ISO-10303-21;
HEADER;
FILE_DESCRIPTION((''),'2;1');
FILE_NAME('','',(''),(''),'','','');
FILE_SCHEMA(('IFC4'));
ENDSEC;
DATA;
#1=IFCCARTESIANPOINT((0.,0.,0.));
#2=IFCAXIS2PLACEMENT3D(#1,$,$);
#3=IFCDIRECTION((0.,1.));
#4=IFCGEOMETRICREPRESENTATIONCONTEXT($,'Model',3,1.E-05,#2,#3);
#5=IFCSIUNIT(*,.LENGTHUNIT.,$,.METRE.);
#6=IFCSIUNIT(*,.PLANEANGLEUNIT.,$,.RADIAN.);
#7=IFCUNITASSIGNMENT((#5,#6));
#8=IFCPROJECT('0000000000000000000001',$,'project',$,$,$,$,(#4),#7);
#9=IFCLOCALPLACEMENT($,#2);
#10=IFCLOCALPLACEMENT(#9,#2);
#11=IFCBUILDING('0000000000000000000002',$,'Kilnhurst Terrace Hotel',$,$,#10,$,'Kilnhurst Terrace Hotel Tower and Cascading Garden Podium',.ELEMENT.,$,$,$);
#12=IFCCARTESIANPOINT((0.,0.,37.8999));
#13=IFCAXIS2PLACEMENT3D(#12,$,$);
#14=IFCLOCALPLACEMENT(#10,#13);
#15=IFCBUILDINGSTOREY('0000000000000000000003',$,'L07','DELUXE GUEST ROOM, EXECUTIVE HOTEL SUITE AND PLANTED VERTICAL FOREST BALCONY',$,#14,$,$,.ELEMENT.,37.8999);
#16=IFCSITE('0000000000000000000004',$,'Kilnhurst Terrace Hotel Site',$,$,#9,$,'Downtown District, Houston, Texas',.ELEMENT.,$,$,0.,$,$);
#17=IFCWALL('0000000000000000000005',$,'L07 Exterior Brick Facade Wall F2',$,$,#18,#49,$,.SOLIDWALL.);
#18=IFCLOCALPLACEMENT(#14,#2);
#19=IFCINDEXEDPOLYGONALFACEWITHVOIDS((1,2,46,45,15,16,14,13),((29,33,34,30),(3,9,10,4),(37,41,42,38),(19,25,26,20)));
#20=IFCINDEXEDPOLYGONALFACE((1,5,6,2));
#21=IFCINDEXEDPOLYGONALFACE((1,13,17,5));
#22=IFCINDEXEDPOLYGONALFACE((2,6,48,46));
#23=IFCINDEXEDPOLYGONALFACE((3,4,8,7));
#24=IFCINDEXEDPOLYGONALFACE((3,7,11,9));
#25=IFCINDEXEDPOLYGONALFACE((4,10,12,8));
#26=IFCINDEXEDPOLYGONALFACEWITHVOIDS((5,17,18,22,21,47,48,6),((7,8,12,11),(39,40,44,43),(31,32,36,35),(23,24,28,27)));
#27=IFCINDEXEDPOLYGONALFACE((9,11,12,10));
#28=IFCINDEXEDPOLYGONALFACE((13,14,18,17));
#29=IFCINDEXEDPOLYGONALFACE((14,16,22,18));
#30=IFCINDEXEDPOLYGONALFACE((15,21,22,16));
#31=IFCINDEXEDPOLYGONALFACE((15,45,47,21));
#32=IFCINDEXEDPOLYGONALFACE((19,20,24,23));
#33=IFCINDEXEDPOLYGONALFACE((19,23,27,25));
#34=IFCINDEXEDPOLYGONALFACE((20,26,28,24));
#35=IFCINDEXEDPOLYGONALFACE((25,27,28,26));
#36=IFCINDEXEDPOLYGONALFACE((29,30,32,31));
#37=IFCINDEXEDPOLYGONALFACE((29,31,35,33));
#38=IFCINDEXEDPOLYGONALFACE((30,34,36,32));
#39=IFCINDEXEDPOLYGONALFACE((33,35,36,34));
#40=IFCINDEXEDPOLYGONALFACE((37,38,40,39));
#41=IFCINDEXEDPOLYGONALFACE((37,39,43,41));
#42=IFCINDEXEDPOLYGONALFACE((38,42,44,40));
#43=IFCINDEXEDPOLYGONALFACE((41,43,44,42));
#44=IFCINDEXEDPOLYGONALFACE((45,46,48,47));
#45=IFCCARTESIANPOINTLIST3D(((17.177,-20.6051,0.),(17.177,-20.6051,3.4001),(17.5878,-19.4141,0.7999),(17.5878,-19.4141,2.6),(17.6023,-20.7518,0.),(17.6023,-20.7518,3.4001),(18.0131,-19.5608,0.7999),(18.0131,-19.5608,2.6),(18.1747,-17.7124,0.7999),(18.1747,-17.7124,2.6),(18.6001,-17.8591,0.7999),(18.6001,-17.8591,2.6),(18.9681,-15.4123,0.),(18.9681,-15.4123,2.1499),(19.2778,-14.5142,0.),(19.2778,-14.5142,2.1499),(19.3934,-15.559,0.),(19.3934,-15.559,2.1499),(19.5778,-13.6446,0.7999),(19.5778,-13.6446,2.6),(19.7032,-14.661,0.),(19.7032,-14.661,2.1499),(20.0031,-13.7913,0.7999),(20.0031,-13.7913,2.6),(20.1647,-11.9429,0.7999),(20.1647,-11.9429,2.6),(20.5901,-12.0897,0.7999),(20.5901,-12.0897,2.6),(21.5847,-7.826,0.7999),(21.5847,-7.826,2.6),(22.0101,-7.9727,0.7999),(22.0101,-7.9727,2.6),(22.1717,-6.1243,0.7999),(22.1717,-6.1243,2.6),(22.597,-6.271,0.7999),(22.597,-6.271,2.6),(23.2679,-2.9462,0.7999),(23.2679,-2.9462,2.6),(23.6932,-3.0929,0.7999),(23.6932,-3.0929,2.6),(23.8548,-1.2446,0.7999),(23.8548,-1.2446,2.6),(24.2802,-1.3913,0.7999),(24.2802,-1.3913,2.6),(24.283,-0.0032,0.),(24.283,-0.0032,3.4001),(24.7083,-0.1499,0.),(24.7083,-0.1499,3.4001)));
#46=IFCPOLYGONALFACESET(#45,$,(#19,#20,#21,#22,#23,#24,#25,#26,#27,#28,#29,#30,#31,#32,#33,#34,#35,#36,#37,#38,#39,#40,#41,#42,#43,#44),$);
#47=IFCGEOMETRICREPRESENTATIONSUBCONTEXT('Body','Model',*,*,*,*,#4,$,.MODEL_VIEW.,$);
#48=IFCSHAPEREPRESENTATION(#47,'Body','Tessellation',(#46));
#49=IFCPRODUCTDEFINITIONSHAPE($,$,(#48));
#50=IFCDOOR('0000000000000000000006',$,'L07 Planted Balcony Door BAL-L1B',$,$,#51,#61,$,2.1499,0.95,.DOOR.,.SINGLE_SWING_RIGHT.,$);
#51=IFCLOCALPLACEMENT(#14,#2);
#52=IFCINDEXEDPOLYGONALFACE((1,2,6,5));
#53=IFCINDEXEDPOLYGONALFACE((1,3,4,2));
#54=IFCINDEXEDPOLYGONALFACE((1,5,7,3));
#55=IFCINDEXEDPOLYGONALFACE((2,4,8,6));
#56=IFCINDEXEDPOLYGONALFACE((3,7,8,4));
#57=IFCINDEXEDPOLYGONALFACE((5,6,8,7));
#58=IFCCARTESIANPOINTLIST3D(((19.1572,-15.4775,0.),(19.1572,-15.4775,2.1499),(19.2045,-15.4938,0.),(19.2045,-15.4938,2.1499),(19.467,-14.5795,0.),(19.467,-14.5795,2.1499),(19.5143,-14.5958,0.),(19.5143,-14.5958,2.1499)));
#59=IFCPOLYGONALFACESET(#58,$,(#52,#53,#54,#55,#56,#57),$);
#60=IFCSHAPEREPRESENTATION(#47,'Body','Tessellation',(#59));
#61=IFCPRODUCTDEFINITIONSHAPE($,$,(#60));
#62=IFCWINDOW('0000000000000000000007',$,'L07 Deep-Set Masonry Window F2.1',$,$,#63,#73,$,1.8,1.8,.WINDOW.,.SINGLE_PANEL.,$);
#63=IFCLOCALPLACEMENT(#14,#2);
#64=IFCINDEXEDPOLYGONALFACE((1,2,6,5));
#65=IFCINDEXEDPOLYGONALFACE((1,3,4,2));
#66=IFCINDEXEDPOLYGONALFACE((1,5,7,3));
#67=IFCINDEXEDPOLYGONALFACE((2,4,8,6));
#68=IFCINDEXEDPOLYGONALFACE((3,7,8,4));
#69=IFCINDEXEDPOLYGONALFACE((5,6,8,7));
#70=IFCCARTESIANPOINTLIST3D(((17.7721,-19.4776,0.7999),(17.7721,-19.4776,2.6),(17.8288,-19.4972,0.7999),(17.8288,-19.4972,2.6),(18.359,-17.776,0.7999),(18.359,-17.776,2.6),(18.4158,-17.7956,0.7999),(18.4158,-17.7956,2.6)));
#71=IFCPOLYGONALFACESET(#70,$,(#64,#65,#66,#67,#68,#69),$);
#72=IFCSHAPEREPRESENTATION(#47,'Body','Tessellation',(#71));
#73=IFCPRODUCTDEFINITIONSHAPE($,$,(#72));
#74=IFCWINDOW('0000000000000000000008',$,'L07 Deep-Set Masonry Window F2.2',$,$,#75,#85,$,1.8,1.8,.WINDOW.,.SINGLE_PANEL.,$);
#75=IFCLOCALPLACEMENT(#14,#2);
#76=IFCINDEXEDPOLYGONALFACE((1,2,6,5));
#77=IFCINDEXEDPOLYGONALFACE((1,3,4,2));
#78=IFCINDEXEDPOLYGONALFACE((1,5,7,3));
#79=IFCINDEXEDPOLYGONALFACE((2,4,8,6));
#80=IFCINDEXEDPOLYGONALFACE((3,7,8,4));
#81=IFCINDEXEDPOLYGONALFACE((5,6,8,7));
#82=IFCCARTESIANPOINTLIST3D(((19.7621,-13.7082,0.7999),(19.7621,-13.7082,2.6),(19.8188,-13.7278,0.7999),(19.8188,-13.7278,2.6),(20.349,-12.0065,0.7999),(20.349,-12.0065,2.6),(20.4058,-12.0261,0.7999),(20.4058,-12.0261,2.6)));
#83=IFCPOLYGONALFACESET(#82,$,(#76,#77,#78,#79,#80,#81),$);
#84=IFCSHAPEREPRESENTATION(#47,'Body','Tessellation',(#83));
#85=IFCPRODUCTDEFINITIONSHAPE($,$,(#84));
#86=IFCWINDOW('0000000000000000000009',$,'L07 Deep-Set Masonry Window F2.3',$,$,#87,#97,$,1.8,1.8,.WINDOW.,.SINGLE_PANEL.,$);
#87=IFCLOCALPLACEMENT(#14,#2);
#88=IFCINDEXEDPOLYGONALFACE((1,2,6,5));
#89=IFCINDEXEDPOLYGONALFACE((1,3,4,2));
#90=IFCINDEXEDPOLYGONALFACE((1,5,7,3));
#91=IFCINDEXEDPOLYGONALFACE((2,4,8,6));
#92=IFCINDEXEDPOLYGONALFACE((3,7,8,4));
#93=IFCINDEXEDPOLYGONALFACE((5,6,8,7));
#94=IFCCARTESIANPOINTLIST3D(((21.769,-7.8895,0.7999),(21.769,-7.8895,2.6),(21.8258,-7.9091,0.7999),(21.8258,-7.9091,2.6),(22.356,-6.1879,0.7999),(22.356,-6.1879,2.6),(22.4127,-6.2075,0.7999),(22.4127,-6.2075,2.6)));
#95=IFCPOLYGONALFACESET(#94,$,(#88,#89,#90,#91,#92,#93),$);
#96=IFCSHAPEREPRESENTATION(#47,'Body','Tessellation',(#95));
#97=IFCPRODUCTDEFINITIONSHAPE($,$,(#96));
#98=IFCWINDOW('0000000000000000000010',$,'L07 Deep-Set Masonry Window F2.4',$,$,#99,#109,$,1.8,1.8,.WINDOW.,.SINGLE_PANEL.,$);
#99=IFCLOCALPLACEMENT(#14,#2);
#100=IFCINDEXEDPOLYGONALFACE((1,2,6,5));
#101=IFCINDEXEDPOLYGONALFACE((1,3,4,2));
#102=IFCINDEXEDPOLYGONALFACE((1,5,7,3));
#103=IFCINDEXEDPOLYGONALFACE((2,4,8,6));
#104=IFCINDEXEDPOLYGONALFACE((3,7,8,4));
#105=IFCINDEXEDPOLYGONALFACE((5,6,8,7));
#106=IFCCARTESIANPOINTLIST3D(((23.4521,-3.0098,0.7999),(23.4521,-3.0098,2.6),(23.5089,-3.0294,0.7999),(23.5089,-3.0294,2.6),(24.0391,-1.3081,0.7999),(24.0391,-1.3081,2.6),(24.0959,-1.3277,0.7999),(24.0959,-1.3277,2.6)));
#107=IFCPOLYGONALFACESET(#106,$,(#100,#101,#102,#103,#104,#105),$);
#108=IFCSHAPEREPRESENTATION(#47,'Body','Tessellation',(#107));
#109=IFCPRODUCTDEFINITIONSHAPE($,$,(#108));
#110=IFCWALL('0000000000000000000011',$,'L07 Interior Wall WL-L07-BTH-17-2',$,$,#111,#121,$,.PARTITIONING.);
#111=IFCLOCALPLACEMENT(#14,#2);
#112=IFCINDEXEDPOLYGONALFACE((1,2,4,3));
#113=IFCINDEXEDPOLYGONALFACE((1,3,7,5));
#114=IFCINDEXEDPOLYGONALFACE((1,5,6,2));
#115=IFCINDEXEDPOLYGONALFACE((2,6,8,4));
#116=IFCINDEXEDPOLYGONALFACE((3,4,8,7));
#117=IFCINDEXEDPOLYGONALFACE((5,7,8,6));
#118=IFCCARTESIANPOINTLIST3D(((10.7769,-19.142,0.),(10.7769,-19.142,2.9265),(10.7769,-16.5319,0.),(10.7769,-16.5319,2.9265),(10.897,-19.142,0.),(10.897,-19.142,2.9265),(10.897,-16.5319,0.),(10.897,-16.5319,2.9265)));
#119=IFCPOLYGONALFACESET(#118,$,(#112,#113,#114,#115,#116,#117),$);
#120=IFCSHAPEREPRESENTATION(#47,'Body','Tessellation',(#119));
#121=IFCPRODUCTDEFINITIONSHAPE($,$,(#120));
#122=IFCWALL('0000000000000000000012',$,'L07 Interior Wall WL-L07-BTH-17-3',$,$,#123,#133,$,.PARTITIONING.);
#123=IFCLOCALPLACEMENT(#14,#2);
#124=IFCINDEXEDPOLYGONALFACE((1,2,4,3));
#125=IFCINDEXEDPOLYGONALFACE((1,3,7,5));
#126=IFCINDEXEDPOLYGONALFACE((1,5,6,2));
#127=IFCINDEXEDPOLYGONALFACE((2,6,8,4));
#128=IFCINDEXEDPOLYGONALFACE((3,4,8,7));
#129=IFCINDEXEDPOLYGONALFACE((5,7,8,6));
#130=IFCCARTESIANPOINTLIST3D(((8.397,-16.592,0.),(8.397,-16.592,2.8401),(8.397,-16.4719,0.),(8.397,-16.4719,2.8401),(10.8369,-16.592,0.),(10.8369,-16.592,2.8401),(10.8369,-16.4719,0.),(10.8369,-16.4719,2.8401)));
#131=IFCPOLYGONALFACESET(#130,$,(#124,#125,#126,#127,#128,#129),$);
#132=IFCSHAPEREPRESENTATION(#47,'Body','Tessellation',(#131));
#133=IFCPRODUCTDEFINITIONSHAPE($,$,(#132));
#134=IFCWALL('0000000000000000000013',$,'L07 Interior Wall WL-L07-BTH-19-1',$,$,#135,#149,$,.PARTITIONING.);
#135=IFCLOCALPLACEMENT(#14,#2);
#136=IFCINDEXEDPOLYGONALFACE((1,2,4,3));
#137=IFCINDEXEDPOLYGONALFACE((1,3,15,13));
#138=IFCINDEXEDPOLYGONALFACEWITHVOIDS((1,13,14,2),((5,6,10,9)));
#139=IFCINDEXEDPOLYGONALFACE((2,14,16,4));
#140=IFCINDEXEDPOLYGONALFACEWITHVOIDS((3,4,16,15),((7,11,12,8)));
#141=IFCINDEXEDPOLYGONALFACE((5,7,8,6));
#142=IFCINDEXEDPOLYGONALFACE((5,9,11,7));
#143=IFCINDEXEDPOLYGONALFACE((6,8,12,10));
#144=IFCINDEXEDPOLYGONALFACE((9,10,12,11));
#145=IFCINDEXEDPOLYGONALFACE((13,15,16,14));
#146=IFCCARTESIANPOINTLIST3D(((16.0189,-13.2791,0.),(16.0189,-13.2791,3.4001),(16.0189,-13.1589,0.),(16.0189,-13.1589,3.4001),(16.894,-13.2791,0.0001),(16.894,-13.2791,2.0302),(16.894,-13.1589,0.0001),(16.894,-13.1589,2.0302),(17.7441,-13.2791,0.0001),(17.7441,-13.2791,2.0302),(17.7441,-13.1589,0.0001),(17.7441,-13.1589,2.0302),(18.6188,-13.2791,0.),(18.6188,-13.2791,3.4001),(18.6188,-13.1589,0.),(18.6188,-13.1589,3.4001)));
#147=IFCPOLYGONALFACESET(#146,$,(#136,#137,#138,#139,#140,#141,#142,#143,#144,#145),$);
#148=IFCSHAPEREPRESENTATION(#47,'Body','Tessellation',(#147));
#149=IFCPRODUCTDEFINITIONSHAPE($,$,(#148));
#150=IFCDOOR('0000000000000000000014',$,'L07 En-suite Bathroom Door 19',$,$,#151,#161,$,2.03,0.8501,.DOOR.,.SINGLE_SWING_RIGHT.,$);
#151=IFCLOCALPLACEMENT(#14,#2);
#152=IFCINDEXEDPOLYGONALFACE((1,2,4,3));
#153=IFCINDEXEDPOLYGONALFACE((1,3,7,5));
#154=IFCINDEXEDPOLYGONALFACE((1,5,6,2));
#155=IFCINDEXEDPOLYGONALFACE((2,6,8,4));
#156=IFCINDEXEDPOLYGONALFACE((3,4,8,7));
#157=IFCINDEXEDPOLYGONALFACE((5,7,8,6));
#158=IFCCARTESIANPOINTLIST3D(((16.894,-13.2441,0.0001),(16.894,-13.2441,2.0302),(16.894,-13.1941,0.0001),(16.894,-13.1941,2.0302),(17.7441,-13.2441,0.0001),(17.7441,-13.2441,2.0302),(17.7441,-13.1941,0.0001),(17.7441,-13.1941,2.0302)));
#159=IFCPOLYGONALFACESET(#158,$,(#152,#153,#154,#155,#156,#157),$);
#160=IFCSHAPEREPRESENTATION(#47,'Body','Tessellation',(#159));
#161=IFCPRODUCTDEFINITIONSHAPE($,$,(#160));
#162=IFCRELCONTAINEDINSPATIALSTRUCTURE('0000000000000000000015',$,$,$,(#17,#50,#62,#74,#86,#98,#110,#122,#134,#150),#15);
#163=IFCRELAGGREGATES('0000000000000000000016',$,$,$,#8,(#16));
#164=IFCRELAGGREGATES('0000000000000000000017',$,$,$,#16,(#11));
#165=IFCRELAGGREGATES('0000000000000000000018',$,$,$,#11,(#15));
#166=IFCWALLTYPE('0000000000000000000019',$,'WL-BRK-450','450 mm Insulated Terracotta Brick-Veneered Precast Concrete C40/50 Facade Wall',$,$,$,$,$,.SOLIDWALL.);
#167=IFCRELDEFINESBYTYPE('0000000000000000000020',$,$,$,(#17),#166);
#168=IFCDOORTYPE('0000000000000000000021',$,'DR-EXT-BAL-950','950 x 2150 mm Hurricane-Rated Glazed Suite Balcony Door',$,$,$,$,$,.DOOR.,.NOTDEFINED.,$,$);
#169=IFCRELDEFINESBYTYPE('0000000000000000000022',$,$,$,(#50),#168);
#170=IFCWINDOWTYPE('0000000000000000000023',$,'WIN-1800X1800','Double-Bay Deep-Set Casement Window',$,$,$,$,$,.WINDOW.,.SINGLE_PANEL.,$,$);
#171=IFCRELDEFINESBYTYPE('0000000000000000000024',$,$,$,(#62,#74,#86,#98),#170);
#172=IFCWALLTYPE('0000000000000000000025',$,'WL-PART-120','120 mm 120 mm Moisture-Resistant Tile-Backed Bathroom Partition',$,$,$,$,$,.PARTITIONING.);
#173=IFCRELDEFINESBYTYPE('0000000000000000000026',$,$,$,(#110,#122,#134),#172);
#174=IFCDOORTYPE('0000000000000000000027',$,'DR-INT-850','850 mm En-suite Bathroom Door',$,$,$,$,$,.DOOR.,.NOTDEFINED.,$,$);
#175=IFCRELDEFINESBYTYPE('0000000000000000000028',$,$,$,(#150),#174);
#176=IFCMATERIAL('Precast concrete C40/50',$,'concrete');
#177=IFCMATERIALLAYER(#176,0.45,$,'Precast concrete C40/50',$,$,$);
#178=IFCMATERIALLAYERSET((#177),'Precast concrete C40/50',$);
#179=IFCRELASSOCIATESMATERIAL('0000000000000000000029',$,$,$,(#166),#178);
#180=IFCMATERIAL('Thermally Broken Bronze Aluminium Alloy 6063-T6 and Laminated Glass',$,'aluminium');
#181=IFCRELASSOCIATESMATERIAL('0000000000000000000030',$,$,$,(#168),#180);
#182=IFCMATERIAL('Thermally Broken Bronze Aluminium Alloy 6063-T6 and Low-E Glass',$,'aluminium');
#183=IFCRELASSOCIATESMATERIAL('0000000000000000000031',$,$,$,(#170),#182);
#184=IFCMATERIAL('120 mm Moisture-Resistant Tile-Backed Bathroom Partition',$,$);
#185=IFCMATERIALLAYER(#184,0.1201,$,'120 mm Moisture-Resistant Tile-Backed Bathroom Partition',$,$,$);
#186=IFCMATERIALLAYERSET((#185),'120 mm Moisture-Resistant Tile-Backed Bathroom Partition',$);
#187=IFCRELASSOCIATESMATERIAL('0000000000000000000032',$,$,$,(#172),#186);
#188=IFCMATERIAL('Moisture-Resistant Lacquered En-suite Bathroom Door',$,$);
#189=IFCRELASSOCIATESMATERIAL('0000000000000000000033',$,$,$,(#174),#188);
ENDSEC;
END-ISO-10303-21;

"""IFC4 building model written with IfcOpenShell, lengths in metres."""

from ifc_helpers import new_model, si_unit, direction, frame, frame_2d, origin, place, context, subcontext, project, spatial, rectangle, extrude, material, layer, layer_set, type_object, element, fill, save


model = new_model("IFC4")

# Units and contexts
model_context = context("Model", 3, precision=1e-05, world=origin(), true_north=direction((0.0, 1.0)))
body_context = subcontext(model_context, "Body", "Model", "MODEL_VIEW")
ifc_project = project(units=[si_unit("LENGTHUNIT", "METRE"), si_unit("PLANEANGLEUNIT", "RADIAN")], contexts=[model_context])

# Site, building, storey
site_placement = place(None, origin())
site = spatial("IfcSite", under=ifc_project, at=site_placement, Name="Kilnhurst Terrace Hotel Site", LongName="Downtown District, Houston, Texas", CompositionType="ELEMENT", RefElevation=0.0)
building_placement = place(site_placement, origin())
building = spatial("IfcBuilding", under=site, at=building_placement, Name="Kilnhurst Terrace Hotel", LongName="Kilnhurst Terrace Hotel Tower and Cascading Garden Podium", CompositionType="ELEMENT")
storey_placement = place(building_placement, frame((0.0, 0.0, 37.8999)))
storey = spatial("IfcBuildingStorey", under=building, at=storey_placement, Name="L07", Description="DELUXE GUEST ROOM, EXECUTIVE HOTEL SUITE AND PLANTED VERTICAL FOREST BALCONY", CompositionType="ELEMENT", Elevation=37.8999)

# Shared definitions
ifc_material_1 = material(Name="Precast concrete C40/50", Category="concrete")
ifc_layer_1 = layer(ifc_material_1, 0.45, Name="Precast concrete C40/50")
ifc_layer_set_1 = layer_set([ifc_layer_1], Name="Precast concrete C40/50")
wall_type_1 = type_object("IfcWallType", Name="WL-BRK-450", Description="450 mm Insulated Terracotta Brick-Veneered Precast Concrete C40/50 Facade Wall", PredefinedType="SOLIDWALL", material=ifc_layer_set_1)

# Wall, openings, door, windows
wall_1_placement = place(storey_placement, frame((17.3896, -20.6785, 0.0), z_axis=(0.0, 0.0, 1.0), x_axis=(0.326068, 0.945346, 0.0)))
wall_1 = element("IfcWall", 1, at=wall_1_placement, inside=storey, type_object=wall_type_1, Name="L07 Exterior Brick Facade Wall F2", PredefinedType="SOLIDWALL", context=body_context, shape_type="SweptSolid", body=[
    extrude(rectangle(XDim=21.793, YDim=0.45, at=frame_2d((10.8965, 0.0))), origin(), (0.0, 0.0, 1.0), 3.4001),
])
opening_1_placement = place(wall_1_placement, frame((5.4929, 0.0, 0.0)))
opening_1 = element("IfcOpeningElement", 2, at=opening_1_placement, cuts=wall_1, PredefinedType="OPENING", context=body_context, shape_type="SweptSolid", body=[
    extrude(rectangle(XDim=0.95, YDim=2.1499, at=frame_2d((0.4751, 1.075))), frame((0.0, 0.2349, 0.0), z_axis=(0.0, -1.0, 0.0), x_axis=(1.0, 0.0, 0.0)), (0.0, 0.0, 1.0), 0.47),
])
opening_2_placement = place(wall_1_placement, frame((1.26, 0.0, 0.8)))
opening_2 = element("IfcOpeningElement", 3, at=opening_2_placement, cuts=wall_1, PredefinedType="OPENING", context=body_context, shape_type="SweptSolid", body=[
    extrude(rectangle(XDim=1.8, YDim=1.8, at=frame_2d((0.8999, 0.8999))), frame((0.0, 0.2349, 0.0), z_axis=(0.0, -1.0, 0.0), x_axis=(1.0, 0.0, 0.0)), (0.0, 0.0, 1.0), 0.47),
])
opening_3_placement = place(wall_1_placement, frame((7.363, 0.0, 0.8)))
opening_3 = element("IfcOpeningElement", 4, at=opening_3_placement, cuts=wall_1, PredefinedType="OPENING", context=body_context, shape_type="SweptSolid", body=[
    extrude(rectangle(XDim=1.8, YDim=1.8, at=frame_2d((0.8999, 0.8999))), frame((0.0, 0.2349, 0.0), z_axis=(0.0, -1.0, 0.0), x_axis=(1.0, 0.0, 0.0)), (0.0, 0.0, 1.0), 0.47),
])
opening_4_placement = place(wall_1_placement, frame((13.5181, 0.0, 0.8)))
opening_4 = element("IfcOpeningElement", 5, at=opening_4_placement, cuts=wall_1, PredefinedType="OPENING", context=body_context, shape_type="SweptSolid", body=[
    extrude(rectangle(XDim=1.8, YDim=1.8, at=frame_2d((0.8999, 0.8999))), frame((0.0, 0.2349, 0.0), z_axis=(0.0, -1.0, 0.0), x_axis=(1.0, 0.0, 0.0)), (0.0, 0.0, 1.0), 0.47),
])
opening_5_placement = place(wall_1_placement, frame((18.6799, 0.0, 0.8)))
opening_5 = element("IfcOpeningElement", 6, at=opening_5_placement, cuts=wall_1, PredefinedType="OPENING", context=body_context, shape_type="SweptSolid", body=[
    extrude(rectangle(XDim=1.8, YDim=1.8, at=frame_2d((0.8999, 0.8999))), frame((0.0, 0.2349, 0.0), z_axis=(0.0, -1.0, 0.0), x_axis=(1.0, 0.0, 0.0)), (0.0, 0.0, 1.0), 0.47),
])
ifc_material_2 = material(Name="Thermally Broken Bronze Aluminium Alloy 6063-T6 and Laminated Glass", Category="aluminium")
door_type_1 = type_object("IfcDoorType", Name="DR-EXT-BAL-950", Description="950 x 2150 mm Hurricane-Rated Glazed Suite Balcony Door", OperationType="NOTDEFINED", PredefinedType="DOOR", material=ifc_material_2)
door_1_placement = place(opening_1_placement, origin())
door_1 = element("IfcDoor", 7, at=door_1_placement, inside=storey, type_object=door_type_1, Name="L07 Planted Balcony Door BAL-L1B", OperationType="SINGLE_SWING_RIGHT", OverallHeight=2.1499, OverallWidth=0.95, PredefinedType="DOOR", context=body_context, shape_type="SweptSolid", body=[
    extrude(rectangle(XDim=0.95, YDim=2.1499, at=frame_2d((0.4751, 1.075))), frame((0.0, 0.0249, 0.0), z_axis=(0.0, -1.0, 0.0), x_axis=(1.0, 0.0, 0.0)), (0.0, 0.0, 1.0), 0.05),
])
fill(opening_1, door_1)
ifc_material_3 = material(Name="Thermally Broken Bronze Aluminium Alloy 6063-T6 and Low-E Glass", Category="aluminium")
window_type = type_object("IfcWindowType", Name="WIN-1800X1800", Description="Double-Bay Deep-Set Casement Window", PartitioningType="SINGLE_PANEL", PredefinedType="WINDOW", material=ifc_material_3)
window_1_placement = place(opening_2_placement, origin())
window_1 = element("IfcWindow", 8, at=window_1_placement, inside=storey, type_object=window_type, Name="L07 Deep-Set Masonry Window F2.1", OverallHeight=1.8, OverallWidth=1.8, PartitioningType="SINGLE_PANEL", PredefinedType="WINDOW", context=body_context, shape_type="SweptSolid", body=[
    extrude(rectangle(XDim=1.8, YDim=1.8, at=frame_2d((0.8999, 0.8999))), frame((0.0, 0.03, 0.0), z_axis=(0.0, -1.0, 0.0), x_axis=(1.0, 0.0, 0.0)), (0.0, 0.0, 1.0), 0.0601),
])
fill(opening_2, window_1)
window_2_placement = place(opening_3_placement, origin())
window_2 = element("IfcWindow", 9, at=window_2_placement, inside=storey, type_object=window_type, Name="L07 Deep-Set Masonry Window F2.2", OverallHeight=1.8, OverallWidth=1.8, PartitioningType="SINGLE_PANEL", PredefinedType="WINDOW", context=body_context, shape_type="SweptSolid", body=[
    extrude(rectangle(XDim=1.8, YDim=1.8, at=frame_2d((0.8999, 0.8999))), frame((0.0, 0.03, 0.0), z_axis=(0.0, -1.0, 0.0), x_axis=(1.0, 0.0, 0.0)), (0.0, 0.0, 1.0), 0.0601),
])
fill(opening_3, window_2)
window_3_placement = place(opening_4_placement, origin())
window_3 = element("IfcWindow", 10, at=window_3_placement, inside=storey, type_object=window_type, Name="L07 Deep-Set Masonry Window F2.3", OverallHeight=1.8, OverallWidth=1.8, PartitioningType="SINGLE_PANEL", PredefinedType="WINDOW", context=body_context, shape_type="SweptSolid", body=[
    extrude(rectangle(XDim=1.8, YDim=1.8, at=frame_2d((0.8999, 0.8999))), frame((0.0, 0.03, 0.0), z_axis=(0.0, -1.0, 0.0), x_axis=(1.0, 0.0, 0.0)), (0.0, 0.0, 1.0), 0.0601),
])
fill(opening_4, window_3)
window_4_placement = place(opening_5_placement, origin())
window_4 = element("IfcWindow", 11, at=window_4_placement, inside=storey, type_object=window_type, Name="L07 Deep-Set Masonry Window F2.4", OverallHeight=1.8, OverallWidth=1.8, PartitioningType="SINGLE_PANEL", PredefinedType="WINDOW", context=body_context, shape_type="SweptSolid", body=[
    extrude(rectangle(XDim=1.8, YDim=1.8, at=frame_2d((0.8999, 0.8999))), frame((0.0, 0.03, 0.0), z_axis=(0.0, -1.0, 0.0), x_axis=(1.0, 0.0, 0.0)), (0.0, 0.0, 1.0), 0.0601),
])
fill(opening_5, window_4)

# Walls
ifc_material_4 = material(Name="120 mm Moisture-Resistant Tile-Backed Bathroom Partition")
ifc_layer_2 = layer(ifc_material_4, 0.1201, Name="120 mm Moisture-Resistant Tile-Backed Bathroom Partition")
ifc_layer_set_2 = layer_set([ifc_layer_2], Name="120 mm Moisture-Resistant Tile-Backed Bathroom Partition")
wall_type_2 = type_object("IfcWallType", Name="WL-PART-120", Description="120 mm 120 mm Moisture-Resistant Tile-Backed Bathroom Partition", PredefinedType="PARTITIONING", material=ifc_layer_set_2)
wall_2_placement = place(storey_placement, frame((10.8369, -19.1421, 0.0), z_axis=(0.0, 0.0, 1.0), x_axis=(0.0, 1.0, 0.0)))
element("IfcWall", 12, at=wall_2_placement, inside=storey, type_object=wall_type_2, Name="L07 Interior Wall WL-L07-BTH-17-2", PredefinedType="PARTITIONING", context=body_context, shape_type="SweptSolid", body=[
    extrude(rectangle(XDim=2.6101, YDim=0.1201, at=frame_2d((1.3052, 0.0))), origin(), (0.0, 0.0, 1.0), 2.9265),
])
wall_3_placement = place(storey_placement, frame((10.8369, -16.532, 0.0), z_axis=(0.0, 0.0, 1.0), x_axis=(-1.0, 0.0, 0.0)))
element("IfcWall", 13, at=wall_3_placement, inside=storey, type_object=wall_type_2, Name="L07 Interior Wall WL-L07-BTH-17-3", PredefinedType="PARTITIONING", context=body_context, shape_type="SweptSolid", body=[
    extrude(rectangle(XDim=2.4399, YDim=0.1201, at=frame_2d((1.22, 0.0))), origin(), (0.0, 0.0, 1.0), 2.8401),
])

# Wall, opening, door
wall_4_placement = place(storey_placement, frame((16.019, -13.219, 0.0), z_axis=(0.0, 0.0, 1.0), x_axis=(1.0, 0.0, 0.0)))
wall_4 = element("IfcWall", 14, at=wall_4_placement, inside=storey, type_object=wall_type_2, Name="L07 Interior Wall WL-L07-BTH-19-1", PredefinedType="PARTITIONING", context=body_context, shape_type="SweptSolid", body=[
    extrude(rectangle(XDim=2.5999, YDim=0.1201, at=frame_2d((1.2998, 0.0))), origin(), (0.0, 0.0, 1.0), 3.4001),
])
opening_6_placement = place(wall_4_placement, frame((0.875, 0.0, 0.0)))
opening_6 = element("IfcOpeningElement", 15, at=opening_6_placement, cuts=wall_4, PredefinedType="OPENING", context=body_context, shape_type="SweptSolid", body=[
    extrude(rectangle(XDim=0.8501, YDim=2.03, at=frame_2d((0.425, 1.0151))), frame((0.0, 0.0701, 0.0), z_axis=(0.0, -1.0, 0.0), x_axis=(1.0, 0.0, 0.0)), (0.0, 0.0, 1.0), 0.1401),
])
ifc_material_5 = material(Name="Moisture-Resistant Lacquered En-suite Bathroom Door")
door_type_2 = type_object("IfcDoorType", Name="DR-INT-850", Description="850 mm En-suite Bathroom Door", OperationType="NOTDEFINED", PredefinedType="DOOR", material=ifc_material_5)
door_2_placement = place(opening_6_placement, origin())
door_2 = element("IfcDoor", 16, at=door_2_placement, inside=storey, type_object=door_type_2, Name="L07 En-suite Bathroom Door 19", OperationType="SINGLE_SWING_RIGHT", OverallHeight=2.03, OverallWidth=0.8501, PredefinedType="DOOR", context=body_context, shape_type="SweptSolid", body=[
    extrude(rectangle(XDim=0.8501, YDim=2.03, at=frame_2d((0.425, 1.0151))), frame((0.0, 0.0249, 0.0), z_axis=(0.0, -1.0, 0.0), x_axis=(1.0, 0.0, 0.0)), (0.0, 0.0, 1.0), 0.05),
])
fill(opening_6, door_2)

save(model, "model.ifc")
